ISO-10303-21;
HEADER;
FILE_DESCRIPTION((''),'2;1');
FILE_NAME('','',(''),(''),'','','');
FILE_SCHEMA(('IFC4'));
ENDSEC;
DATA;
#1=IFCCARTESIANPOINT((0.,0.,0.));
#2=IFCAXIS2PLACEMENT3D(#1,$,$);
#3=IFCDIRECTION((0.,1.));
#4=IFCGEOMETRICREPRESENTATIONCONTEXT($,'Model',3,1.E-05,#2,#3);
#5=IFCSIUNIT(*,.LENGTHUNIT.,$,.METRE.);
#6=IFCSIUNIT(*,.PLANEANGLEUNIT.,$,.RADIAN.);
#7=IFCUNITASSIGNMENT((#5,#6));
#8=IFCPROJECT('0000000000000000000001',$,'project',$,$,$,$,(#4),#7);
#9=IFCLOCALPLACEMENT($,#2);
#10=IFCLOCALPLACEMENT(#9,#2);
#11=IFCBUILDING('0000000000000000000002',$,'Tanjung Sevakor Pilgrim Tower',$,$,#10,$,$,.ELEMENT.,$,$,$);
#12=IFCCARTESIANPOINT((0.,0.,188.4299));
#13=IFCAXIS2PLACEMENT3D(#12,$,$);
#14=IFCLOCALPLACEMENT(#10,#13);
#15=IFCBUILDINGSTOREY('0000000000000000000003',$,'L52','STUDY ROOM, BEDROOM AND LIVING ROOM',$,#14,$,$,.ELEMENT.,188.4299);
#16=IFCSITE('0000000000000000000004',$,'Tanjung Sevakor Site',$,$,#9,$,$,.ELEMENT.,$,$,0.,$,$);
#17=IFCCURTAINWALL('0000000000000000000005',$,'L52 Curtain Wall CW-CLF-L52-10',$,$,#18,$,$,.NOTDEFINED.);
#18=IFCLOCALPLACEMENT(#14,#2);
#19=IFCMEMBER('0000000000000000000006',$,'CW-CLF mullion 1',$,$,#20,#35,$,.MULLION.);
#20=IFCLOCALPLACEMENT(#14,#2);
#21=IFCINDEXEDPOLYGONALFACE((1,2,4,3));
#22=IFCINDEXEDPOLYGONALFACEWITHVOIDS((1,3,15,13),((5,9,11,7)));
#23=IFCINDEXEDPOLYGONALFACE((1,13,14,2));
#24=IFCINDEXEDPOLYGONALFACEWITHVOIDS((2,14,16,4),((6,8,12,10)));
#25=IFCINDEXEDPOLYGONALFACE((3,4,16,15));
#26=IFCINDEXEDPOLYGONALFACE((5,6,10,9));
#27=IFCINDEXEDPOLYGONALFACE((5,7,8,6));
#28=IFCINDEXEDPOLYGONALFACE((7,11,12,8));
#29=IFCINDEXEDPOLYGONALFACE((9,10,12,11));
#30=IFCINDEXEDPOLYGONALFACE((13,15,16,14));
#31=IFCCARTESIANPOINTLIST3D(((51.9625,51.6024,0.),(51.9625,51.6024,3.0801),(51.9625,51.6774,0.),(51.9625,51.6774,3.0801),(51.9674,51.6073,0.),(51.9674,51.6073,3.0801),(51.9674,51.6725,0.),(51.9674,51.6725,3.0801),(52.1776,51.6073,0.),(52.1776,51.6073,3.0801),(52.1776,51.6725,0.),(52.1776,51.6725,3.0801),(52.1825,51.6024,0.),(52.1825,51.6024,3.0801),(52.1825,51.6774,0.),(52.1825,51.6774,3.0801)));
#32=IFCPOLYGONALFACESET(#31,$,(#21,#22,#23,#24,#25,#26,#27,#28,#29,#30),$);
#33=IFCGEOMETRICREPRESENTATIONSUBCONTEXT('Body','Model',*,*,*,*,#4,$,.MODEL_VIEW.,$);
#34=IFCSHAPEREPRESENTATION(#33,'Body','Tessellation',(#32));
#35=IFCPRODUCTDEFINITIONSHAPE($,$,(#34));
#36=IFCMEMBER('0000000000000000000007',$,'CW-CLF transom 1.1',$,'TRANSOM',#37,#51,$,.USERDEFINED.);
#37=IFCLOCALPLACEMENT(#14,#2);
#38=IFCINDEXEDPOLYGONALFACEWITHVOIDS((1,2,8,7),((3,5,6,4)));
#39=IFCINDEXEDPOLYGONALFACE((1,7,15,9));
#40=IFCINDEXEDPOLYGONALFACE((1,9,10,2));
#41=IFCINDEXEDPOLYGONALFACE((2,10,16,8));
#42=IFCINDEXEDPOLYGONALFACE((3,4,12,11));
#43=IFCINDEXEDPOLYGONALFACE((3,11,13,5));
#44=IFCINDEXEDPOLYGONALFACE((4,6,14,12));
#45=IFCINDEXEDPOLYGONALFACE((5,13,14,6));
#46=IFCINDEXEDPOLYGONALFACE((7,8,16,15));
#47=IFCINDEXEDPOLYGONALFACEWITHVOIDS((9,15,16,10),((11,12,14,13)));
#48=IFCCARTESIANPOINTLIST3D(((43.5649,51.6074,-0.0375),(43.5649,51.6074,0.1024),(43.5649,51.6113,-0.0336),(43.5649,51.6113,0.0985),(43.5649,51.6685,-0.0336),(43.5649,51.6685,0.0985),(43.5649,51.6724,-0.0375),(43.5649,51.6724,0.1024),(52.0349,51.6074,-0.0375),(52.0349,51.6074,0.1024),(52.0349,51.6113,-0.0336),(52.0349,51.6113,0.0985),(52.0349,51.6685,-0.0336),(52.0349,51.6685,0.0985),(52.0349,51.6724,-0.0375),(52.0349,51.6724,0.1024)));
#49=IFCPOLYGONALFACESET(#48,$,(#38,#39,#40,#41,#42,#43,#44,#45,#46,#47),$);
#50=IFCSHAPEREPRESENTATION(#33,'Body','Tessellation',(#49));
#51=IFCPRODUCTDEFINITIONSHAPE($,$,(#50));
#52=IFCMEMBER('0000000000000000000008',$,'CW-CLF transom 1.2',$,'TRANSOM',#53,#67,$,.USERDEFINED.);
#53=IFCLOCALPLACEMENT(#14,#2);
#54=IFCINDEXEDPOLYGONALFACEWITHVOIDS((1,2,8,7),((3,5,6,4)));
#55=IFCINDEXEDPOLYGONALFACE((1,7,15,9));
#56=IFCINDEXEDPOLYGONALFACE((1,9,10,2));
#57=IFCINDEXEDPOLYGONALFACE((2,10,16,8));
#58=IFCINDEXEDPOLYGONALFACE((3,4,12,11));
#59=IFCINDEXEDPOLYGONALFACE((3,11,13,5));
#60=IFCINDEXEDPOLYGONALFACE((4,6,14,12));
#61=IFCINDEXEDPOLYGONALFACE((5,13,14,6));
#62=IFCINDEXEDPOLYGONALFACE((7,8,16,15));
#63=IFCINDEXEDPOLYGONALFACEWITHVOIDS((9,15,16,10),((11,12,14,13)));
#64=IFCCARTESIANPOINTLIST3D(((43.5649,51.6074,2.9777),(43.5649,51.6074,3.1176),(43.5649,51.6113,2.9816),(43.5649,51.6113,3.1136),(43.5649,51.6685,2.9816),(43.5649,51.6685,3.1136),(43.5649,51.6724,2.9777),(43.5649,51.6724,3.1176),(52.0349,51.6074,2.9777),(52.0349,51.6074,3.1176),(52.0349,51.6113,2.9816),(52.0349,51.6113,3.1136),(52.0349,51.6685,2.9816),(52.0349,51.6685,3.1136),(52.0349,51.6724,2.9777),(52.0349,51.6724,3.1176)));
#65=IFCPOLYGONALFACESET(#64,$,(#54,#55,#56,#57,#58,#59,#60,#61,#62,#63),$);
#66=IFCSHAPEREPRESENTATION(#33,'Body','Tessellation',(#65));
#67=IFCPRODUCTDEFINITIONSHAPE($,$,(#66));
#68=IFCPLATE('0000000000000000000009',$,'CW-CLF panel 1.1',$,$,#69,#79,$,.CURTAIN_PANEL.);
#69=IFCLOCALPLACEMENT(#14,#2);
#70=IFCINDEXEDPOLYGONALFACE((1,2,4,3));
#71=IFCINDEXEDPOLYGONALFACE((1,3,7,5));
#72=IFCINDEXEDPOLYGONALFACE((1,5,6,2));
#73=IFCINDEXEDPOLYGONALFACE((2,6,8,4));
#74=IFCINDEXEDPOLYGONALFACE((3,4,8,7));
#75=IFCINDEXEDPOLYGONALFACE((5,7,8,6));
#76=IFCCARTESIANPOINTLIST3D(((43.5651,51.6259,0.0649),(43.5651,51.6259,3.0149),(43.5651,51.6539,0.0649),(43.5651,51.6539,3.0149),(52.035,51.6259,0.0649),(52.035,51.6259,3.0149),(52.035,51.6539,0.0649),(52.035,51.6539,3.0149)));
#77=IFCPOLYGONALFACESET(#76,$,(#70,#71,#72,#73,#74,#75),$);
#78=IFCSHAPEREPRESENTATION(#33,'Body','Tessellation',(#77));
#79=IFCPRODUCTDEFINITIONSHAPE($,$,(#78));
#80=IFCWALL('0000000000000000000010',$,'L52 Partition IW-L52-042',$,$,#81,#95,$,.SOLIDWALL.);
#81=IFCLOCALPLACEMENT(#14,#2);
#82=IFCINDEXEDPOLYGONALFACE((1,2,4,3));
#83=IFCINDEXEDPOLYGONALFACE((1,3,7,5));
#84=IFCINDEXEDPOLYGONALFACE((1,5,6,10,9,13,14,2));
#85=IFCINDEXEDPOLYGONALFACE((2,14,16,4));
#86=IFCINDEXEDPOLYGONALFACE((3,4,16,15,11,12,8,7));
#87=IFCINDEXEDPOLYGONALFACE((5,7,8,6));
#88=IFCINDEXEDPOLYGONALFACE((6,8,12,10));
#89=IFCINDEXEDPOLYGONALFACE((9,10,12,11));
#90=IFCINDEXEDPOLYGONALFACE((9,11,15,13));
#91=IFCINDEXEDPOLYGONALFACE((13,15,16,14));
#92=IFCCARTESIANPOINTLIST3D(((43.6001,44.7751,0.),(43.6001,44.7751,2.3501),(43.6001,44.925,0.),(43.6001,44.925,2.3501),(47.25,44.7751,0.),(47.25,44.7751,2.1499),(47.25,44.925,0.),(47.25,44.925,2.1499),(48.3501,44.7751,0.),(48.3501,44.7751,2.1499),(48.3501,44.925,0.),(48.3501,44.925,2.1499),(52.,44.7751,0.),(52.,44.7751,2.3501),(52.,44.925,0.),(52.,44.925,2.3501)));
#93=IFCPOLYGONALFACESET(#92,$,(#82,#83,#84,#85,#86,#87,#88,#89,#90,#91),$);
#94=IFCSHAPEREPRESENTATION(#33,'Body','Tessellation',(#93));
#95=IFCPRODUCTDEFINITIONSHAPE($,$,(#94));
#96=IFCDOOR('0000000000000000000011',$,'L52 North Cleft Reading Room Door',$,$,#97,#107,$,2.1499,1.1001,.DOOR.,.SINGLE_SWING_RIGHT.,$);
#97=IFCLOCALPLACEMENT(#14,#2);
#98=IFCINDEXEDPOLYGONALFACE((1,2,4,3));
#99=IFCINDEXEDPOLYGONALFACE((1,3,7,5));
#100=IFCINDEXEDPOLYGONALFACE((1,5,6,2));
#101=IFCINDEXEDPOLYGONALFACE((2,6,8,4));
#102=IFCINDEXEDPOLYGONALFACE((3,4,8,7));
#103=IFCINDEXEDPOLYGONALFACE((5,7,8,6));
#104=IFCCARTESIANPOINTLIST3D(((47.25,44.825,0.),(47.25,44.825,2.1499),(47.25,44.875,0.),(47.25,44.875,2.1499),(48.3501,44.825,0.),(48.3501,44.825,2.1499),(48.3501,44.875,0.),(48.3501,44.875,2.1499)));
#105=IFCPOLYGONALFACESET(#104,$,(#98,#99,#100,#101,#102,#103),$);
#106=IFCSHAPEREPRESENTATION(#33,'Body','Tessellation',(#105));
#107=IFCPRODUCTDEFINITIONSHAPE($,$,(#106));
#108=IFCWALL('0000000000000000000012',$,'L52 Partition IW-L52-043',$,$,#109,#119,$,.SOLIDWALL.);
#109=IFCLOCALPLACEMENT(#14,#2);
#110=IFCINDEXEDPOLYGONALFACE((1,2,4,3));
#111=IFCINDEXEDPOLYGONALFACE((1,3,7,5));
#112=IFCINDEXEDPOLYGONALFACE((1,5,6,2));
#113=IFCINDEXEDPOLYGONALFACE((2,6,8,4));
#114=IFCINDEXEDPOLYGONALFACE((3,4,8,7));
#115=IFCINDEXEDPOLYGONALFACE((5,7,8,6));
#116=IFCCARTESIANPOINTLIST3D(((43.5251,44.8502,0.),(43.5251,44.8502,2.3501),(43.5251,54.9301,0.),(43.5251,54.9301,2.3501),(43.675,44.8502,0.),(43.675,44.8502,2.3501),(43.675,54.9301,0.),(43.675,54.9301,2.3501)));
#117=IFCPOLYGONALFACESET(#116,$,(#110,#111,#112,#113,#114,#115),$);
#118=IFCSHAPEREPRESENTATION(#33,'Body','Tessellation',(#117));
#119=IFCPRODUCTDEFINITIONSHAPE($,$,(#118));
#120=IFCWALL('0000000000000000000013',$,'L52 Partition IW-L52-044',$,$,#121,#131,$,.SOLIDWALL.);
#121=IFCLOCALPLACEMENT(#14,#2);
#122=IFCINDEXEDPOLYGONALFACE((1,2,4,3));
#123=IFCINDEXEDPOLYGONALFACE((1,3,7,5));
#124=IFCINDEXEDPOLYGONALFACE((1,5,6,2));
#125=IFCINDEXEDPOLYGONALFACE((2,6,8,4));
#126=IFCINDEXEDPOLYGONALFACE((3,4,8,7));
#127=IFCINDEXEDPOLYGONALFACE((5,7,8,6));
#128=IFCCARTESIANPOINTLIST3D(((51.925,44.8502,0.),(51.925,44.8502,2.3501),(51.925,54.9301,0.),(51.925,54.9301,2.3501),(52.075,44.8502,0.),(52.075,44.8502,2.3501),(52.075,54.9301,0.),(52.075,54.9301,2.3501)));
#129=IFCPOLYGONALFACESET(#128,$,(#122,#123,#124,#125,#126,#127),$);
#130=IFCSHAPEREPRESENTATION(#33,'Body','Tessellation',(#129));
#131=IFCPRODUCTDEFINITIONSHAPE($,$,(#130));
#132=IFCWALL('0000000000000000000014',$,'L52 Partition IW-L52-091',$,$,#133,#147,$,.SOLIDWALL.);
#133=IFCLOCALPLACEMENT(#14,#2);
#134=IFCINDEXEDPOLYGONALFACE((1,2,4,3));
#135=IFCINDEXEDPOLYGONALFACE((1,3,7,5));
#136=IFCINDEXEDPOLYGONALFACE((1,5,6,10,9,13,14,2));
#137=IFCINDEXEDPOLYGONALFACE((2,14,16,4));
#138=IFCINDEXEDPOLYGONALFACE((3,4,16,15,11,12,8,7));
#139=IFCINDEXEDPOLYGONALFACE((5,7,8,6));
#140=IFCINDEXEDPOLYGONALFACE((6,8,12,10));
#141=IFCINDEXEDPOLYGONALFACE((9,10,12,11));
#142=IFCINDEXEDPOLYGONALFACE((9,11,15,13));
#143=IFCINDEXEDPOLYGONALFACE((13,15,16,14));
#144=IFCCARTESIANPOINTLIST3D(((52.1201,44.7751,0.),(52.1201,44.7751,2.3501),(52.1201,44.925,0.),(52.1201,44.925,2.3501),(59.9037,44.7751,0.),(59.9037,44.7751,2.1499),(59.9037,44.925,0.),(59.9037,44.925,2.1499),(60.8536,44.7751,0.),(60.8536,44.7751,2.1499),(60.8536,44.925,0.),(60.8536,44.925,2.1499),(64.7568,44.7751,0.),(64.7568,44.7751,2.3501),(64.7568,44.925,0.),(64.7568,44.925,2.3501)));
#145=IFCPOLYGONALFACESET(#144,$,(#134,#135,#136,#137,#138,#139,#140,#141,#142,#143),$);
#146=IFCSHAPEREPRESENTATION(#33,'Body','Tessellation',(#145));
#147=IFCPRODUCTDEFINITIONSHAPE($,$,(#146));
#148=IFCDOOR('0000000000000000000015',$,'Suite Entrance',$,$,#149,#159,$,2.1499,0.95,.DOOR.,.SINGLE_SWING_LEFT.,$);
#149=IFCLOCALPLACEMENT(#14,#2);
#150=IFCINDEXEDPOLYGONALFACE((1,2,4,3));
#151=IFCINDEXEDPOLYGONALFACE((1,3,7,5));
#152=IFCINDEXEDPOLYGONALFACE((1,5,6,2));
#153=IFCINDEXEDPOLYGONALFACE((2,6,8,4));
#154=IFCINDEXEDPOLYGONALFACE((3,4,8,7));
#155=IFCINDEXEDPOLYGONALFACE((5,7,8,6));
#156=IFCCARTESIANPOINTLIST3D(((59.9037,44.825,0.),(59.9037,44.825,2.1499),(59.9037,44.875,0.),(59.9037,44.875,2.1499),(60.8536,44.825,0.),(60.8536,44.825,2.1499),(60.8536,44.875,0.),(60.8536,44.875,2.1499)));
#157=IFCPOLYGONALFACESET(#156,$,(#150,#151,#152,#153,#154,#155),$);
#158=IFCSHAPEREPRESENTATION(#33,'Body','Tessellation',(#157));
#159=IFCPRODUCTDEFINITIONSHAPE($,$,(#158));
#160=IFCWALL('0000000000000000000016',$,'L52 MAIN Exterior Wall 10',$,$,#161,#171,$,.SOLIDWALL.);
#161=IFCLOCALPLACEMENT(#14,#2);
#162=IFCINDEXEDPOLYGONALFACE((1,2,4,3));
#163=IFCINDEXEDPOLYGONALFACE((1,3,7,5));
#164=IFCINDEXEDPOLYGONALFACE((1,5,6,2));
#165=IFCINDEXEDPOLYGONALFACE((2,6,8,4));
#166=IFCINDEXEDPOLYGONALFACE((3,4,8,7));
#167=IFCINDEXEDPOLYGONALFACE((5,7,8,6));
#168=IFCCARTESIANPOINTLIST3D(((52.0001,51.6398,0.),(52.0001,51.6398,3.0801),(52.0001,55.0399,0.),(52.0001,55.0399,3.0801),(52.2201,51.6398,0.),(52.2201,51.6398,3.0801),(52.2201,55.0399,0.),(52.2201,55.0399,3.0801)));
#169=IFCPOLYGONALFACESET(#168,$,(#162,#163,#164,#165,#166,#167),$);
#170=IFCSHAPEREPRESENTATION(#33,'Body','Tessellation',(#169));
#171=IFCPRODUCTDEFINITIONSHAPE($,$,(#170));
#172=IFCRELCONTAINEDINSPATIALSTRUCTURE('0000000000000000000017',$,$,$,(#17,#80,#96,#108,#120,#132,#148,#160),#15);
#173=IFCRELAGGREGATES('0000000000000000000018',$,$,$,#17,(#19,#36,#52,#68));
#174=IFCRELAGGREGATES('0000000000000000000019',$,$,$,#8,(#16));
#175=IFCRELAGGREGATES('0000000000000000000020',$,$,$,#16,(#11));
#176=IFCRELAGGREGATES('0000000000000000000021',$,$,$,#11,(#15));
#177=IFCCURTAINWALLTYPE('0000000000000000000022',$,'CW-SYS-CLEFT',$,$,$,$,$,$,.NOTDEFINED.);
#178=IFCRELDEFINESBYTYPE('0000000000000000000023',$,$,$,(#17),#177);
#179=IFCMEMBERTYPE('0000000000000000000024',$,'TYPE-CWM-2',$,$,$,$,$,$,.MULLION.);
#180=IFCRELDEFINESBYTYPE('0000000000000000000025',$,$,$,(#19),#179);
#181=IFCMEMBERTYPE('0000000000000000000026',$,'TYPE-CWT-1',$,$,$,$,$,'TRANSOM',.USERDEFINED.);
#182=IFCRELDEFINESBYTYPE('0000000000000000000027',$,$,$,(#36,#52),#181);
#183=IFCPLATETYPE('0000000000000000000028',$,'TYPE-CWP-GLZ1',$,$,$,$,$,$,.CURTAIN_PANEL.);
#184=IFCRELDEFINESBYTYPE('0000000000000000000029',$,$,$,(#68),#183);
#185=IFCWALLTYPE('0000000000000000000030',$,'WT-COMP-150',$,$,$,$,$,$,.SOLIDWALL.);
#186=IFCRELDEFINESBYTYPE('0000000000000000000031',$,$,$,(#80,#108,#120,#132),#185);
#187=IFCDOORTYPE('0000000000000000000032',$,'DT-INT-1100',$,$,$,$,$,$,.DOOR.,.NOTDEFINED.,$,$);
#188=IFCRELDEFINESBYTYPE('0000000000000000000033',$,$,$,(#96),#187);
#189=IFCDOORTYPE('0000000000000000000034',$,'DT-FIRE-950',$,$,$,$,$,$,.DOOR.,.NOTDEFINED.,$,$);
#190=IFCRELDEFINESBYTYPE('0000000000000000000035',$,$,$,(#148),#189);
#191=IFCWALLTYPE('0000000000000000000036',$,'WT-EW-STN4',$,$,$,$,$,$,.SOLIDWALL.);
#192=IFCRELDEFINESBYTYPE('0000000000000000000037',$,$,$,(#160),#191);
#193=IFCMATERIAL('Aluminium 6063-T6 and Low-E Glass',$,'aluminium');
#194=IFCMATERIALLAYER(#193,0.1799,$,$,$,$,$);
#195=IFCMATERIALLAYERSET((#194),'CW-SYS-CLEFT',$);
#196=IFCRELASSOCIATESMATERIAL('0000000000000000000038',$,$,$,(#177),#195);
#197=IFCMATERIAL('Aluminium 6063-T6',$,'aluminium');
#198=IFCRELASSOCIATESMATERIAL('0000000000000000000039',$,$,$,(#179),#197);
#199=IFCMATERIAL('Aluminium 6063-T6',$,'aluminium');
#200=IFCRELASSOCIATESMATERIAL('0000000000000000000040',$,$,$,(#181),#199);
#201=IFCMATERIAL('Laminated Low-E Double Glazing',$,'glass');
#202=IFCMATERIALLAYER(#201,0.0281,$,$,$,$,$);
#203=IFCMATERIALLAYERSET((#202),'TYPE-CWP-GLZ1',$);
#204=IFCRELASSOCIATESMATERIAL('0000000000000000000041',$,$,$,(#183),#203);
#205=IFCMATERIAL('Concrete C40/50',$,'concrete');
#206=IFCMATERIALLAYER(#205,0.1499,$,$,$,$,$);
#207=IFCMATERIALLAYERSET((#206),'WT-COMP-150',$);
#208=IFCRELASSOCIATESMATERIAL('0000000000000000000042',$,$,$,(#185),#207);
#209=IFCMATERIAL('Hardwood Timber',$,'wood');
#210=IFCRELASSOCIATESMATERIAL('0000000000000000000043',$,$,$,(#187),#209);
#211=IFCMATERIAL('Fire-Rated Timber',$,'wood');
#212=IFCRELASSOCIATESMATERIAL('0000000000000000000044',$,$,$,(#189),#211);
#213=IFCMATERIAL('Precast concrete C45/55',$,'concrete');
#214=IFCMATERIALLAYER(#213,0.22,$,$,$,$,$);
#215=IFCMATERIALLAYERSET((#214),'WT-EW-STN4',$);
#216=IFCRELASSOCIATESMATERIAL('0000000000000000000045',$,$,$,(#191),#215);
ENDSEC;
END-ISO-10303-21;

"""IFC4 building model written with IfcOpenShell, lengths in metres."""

from ifc_helpers import new_model, si_unit, direction, frame, frame_2d, origin, origin_2d, place, context, subcontext, project, spatial, rectangle, hollow_rectangle, extrude, material, layer, layer_set, material_profile, profile_set, type_object, element, fill, aggregate, save


model = new_model("IFC4")

# Units and contexts
model_context = context("Model", 3, precision=1e-05, world=origin(), true_north=direction((0.0, 1.0)))
body_context = subcontext(model_context, "Body", "Model", "MODEL_VIEW")
ifc_project = project(units=[si_unit("LENGTHUNIT", "METRE"), si_unit("PLANEANGLEUNIT", "RADIAN")], contexts=[model_context])

# Site, building, storey
site_placement = place(None, origin())
site = spatial("IfcSite", under=ifc_project, at=site_placement, Name="Tanjung Sevakor Site", CompositionType="ELEMENT", RefElevation=0.0)
building_placement = place(site_placement, origin())
building = spatial("IfcBuilding", under=site, at=building_placement, Name="Tanjung Sevakor Pilgrim Tower", CompositionType="ELEMENT")
storey_placement = place(building_placement, frame((0.0, 0.0, 188.4299)))
storey = spatial("IfcBuildingStorey", under=building, at=storey_placement, Name="L52", Description="STUDY ROOM, BEDROOM AND LIVING ROOM", CompositionType="ELEMENT", Elevation=188.4299)

# Curtain wall, members, plate
ifc_material_1 = material(Name="Aluminium 6063-T6 and Low-E Glass", Category="aluminium")
ifc_layer_1 = layer(ifc_material_1, 0.1799)
ifc_layer_set_1 = layer_set([ifc_layer_1], Name="CW-SYS-CLEFT")
curtain_wall_type = type_object("IfcCurtainWallType", Name="CW-SYS-CLEFT", PredefinedType="NOTDEFINED", material=ifc_layer_set_1)
curtain_wall_placement = place(storey_placement, origin())
curtain_wall = element("IfcCurtainWall", 1, at=curtain_wall_placement, inside=storey, type_object=curtain_wall_type, Name="L52 Curtain Wall CW-CLF-L52-10", PredefinedType="NOTDEFINED")
ifc_material_2 = material(Name="Aluminium 6063-T6", Category="aluminium")
ifc_material_profile_1 = material_profile(ifc_material_2, hollow_rectangle(XDim=0.075, YDim=0.22, WallThickness=0.0049, at=origin_2d()))
ifc_profile_set_1 = profile_set([ifc_material_profile_1], Name="Aluminium 6063-T6")
member_type_1 = type_object("IfcMemberType", Name="TYPE-CWM-2", PredefinedType="MULLION", material=ifc_profile_set_1)
member_1_placement = place(storey_placement, frame((52.0725, 51.6399, 0.0), z_axis=(0.0, 0.0, 1.0), x_axis=(0.0, -1.0, 0.0)))
member_1 = element("IfcMember", 2, at=member_1_placement, type_object=member_type_1, Name="CW-CLF mullion 1", PredefinedType="MULLION", context=body_context, shape_type="SweptSolid", body=[
    extrude(hollow_rectangle(XDim=0.075, YDim=0.22, WallThickness=0.0049, at=origin_2d()), origin(), (0.0, 0.0, 1.0), 3.0801),
])
ifc_material_3 = material(Name="Aluminium 6063-T6", Category="aluminium")
ifc_material_profile_2 = material_profile(ifc_material_3, hollow_rectangle(XDim=0.0649, YDim=0.1399, WallThickness=0.0039, at=origin_2d()))
ifc_profile_set_2 = profile_set([ifc_material_profile_2], Name="Aluminium 6063-T6")
member_type_2 = type_object("IfcMemberType", Name="TYPE-CWT-1", ElementType="TRANSOM", PredefinedType="USERDEFINED", material=ifc_profile_set_2)
member_2_placement = place(storey_placement, frame((52.0349, 51.6399, 0.0325), z_axis=(-1.0, 0.0, 0.0), x_axis=(0.0, -1.0, 0.0)))
member_2 = element("IfcMember", 3, at=member_2_placement, type_object=member_type_2, Name="CW-CLF transom 1.1", ObjectType="TRANSOM", PredefinedType="USERDEFINED", context=body_context, shape_type="SweptSolid", body=[
    extrude(hollow_rectangle(XDim=0.0649, YDim=0.1399, WallThickness=0.0039, at=origin_2d()), origin(), (0.0, 0.0, 1.0), 8.47),
])
member_3_placement = place(storey_placement, frame((52.0349, 51.6399, 3.0476), z_axis=(-1.0, 0.0, 0.0), x_axis=(0.0, -1.0, 0.0)))
member_3 = element("IfcMember", 4, at=member_3_placement, type_object=member_type_2, Name="CW-CLF transom 1.2", ObjectType="TRANSOM", PredefinedType="USERDEFINED", context=body_context, shape_type="SweptSolid", body=[
    extrude(hollow_rectangle(XDim=0.0649, YDim=0.1399, WallThickness=0.0039, at=origin_2d()), origin(), (0.0, 0.0, 1.0), 8.47),
])
ifc_material_4 = material(Name="Laminated Low-E Double Glazing", Category="glass")
ifc_layer_2 = layer(ifc_material_4, 0.0281)
ifc_layer_set_2 = layer_set([ifc_layer_2], Name="TYPE-CWP-GLZ1")
plate_type = type_object("IfcPlateType", Name="TYPE-CWP-GLZ1", PredefinedType="CURTAIN_PANEL", material=ifc_layer_set_2)
plate_placement = place(storey_placement, frame((47.8, 51.6399, 0.0649), z_axis=(0.0, 0.0, 1.0), x_axis=(-1.0, 0.0, 0.0)))
plate = element("IfcPlate", 5, at=plate_placement, type_object=plate_type, Name="CW-CLF panel 1.1", PredefinedType="CURTAIN_PANEL", context=body_context, shape_type="SweptSolid", body=[
    extrude(rectangle(XDim=8.47, YDim=0.0281, at=origin_2d()), origin(), (0.0, 0.0, 1.0), 2.95),
])
aggregate(curtain_wall, [member_1, member_2, member_3, plate])

# Wall, opening, door
ifc_material_5 = material(Name="Concrete C40/50", Category="concrete")
ifc_layer_3 = layer(ifc_material_5, 0.1499)
ifc_layer_set_3 = layer_set([ifc_layer_3], Name="WT-COMP-150")
wall_type_1 = type_object("IfcWallType", Name="WT-COMP-150", PredefinedType="SOLIDWALL", material=ifc_layer_set_3)
wall_1_placement = place(storey_placement, frame((43.6001, 44.8501, 0.0), z_axis=(0.0, 0.0, 1.0), x_axis=(1.0, 0.0, 0.0)))
wall_1 = element("IfcWall", 6, at=wall_1_placement, inside=storey, type_object=wall_type_1, Name="L52 Partition IW-L52-042", PredefinedType="SOLIDWALL", context=body_context, shape_type="SweptSolid", body=[
    extrude(rectangle(XDim=8.3999, YDim=0.1499, at=frame_2d((4.2, 0.0))), origin(), (0.0, 0.0, 1.0), 2.3501),
])
opening_1_placement = place(wall_1_placement, frame((3.6499, 0.0, 0.0)))
opening_1 = element("IfcOpeningElement", 7, at=opening_1_placement, cuts=wall_1, PredefinedType="OPENING", context=body_context, shape_type="SweptSolid", body=[
    extrude(rectangle(XDim=1.1001, YDim=2.1499, at=frame_2d((0.55, 1.075))), frame((0.0, 0.085, 0.0), z_axis=(0.0, -1.0, 0.0), x_axis=(1.0, 0.0, 0.0)), (0.0, 0.0, 1.0), 0.1699),
])
ifc_material_6 = material(Name="Hardwood Timber", Category="wood")
door_type_1 = type_object("IfcDoorType", Name="DT-INT-1100", OperationType="NOTDEFINED", PredefinedType="DOOR", material=ifc_material_6)
door_1_placement = place(opening_1_placement, origin())
door_1 = element("IfcDoor", 8, at=door_1_placement, inside=storey, type_object=door_type_1, Name="L52 North Cleft Reading Room Door", OperationType="SINGLE_SWING_RIGHT", OverallHeight=2.1499, OverallWidth=1.1001, PredefinedType="DOOR", context=body_context, shape_type="SweptSolid", body=[
    extrude(rectangle(XDim=1.1001, YDim=2.1499, at=frame_2d((0.55, 1.075))), frame((0.0, 0.0249, 0.0), z_axis=(0.0, -1.0, 0.0), x_axis=(1.0, 0.0, 0.0)), (0.0, 0.0, 1.0), 0.05),
])
fill(opening_1, door_1)

# Walls
for number, where, z_axis, x_axis, name in (
    (9, (43.6001, 44.8501, 0.0), (0.0, 0.0, 1.0), (0.0, 1.0, 0.0), "L52 Partition IW-L52-043"),
    (10, (52.0, 44.8501, 0.0), (0.0, 0.0, 1.0), (0.0, 1.0, 0.0), "L52 Partition IW-L52-044"),
):
    element("IfcWall", number, at=place(storey_placement, frame(where, z_axis=z_axis, x_axis=x_axis)), inside=storey, type_object=wall_type_1, Name=name, PredefinedType="SOLIDWALL", context=body_context, shape_type="SweptSolid", body=[
        extrude(rectangle(XDim=10.0798, YDim=0.1499, at=frame_2d((5.04, 0.0))), origin(), (0.0, 0.0, 1.0), 2.3501),
    ])

# Wall, opening, door
wall_2_placement = place(storey_placement, frame((52.1201, 44.8501, 0.0), z_axis=(0.0, 0.0, 1.0), x_axis=(1.0, 0.0, 0.0)))
wall_2 = element("IfcWall", 11, at=wall_2_placement, inside=storey, type_object=wall_type_1, Name="L52 Partition IW-L52-091", PredefinedType="SOLIDWALL", context=body_context, shape_type="SweptSolid", body=[
    extrude(rectangle(XDim=12.6367, YDim=0.1499, at=frame_2d((6.3184, 0.0))), origin(), (0.0, 0.0, 1.0), 2.3501),
])
opening_2_placement = place(wall_2_placement, frame((7.7834, 0.0, 0.0)))
opening_2 = element("IfcOpeningElement", 12, at=opening_2_placement, cuts=wall_2, PredefinedType="OPENING", context=body_context, shape_type="SweptSolid", body=[
    extrude(rectangle(XDim=0.95, YDim=2.1499, at=frame_2d((0.4751, 1.075))), frame((0.0, 0.085, 0.0), z_axis=(0.0, -1.0, 0.0), x_axis=(1.0, 0.0, 0.0)), (0.0, 0.0, 1.0), 0.1699),
])
ifc_material_7 = material(Name="Fire-Rated Timber", Category="wood")
door_type_2 = type_object("IfcDoorType", Name="DT-FIRE-950", OperationType="NOTDEFINED", PredefinedType="DOOR", material=ifc_material_7)
door_2_placement = place(opening_2_placement, origin())
door_2 = element("IfcDoor", 13, at=door_2_placement, inside=storey, type_object=door_type_2, Name="Suite Entrance", OperationType="SINGLE_SWING_LEFT", OverallHeight=2.1499, OverallWidth=0.95, PredefinedType="DOOR", context=body_context, shape_type="SweptSolid", body=[
    extrude(rectangle(XDim=0.95, YDim=2.1499, at=frame_2d((0.4751, 1.075))), frame((0.0, 0.0249, 0.0), z_axis=(0.0, -1.0, 0.0), x_axis=(1.0, 0.0, 0.0)), (0.0, 0.0, 1.0), 0.05),
])
fill(opening_2, door_2)

# Wall
ifc_material_8 = material(Name="Precast concrete C45/55", Category="concrete")
ifc_layer_4 = layer(ifc_material_8, 0.22)
ifc_layer_set_4 = layer_set([ifc_layer_4], Name="WT-EW-STN4")
wall_type_2 = type_object("IfcWallType", Name="WT-EW-STN4", PredefinedType="SOLIDWALL", material=ifc_layer_set_4)
wall_3_placement = place(storey_placement, frame((52.1101, 55.04, 0.0), z_axis=(0.0, 0.0, 1.0), x_axis=(0.0, -1.0, 0.0)))
element("IfcWall", 14, at=wall_3_placement, inside=storey, type_object=wall_type_2, Name="L52 MAIN Exterior Wall 10", PredefinedType="SOLIDWALL", context=body_context, shape_type="SweptSolid", body=[
    extrude(rectangle(XDim=3.4001, YDim=0.22, at=frame_2d((1.7002, 0.0))), origin(), (0.0, 0.0, 1.0), 3.0801),
])

save(model, "model.ifc")
